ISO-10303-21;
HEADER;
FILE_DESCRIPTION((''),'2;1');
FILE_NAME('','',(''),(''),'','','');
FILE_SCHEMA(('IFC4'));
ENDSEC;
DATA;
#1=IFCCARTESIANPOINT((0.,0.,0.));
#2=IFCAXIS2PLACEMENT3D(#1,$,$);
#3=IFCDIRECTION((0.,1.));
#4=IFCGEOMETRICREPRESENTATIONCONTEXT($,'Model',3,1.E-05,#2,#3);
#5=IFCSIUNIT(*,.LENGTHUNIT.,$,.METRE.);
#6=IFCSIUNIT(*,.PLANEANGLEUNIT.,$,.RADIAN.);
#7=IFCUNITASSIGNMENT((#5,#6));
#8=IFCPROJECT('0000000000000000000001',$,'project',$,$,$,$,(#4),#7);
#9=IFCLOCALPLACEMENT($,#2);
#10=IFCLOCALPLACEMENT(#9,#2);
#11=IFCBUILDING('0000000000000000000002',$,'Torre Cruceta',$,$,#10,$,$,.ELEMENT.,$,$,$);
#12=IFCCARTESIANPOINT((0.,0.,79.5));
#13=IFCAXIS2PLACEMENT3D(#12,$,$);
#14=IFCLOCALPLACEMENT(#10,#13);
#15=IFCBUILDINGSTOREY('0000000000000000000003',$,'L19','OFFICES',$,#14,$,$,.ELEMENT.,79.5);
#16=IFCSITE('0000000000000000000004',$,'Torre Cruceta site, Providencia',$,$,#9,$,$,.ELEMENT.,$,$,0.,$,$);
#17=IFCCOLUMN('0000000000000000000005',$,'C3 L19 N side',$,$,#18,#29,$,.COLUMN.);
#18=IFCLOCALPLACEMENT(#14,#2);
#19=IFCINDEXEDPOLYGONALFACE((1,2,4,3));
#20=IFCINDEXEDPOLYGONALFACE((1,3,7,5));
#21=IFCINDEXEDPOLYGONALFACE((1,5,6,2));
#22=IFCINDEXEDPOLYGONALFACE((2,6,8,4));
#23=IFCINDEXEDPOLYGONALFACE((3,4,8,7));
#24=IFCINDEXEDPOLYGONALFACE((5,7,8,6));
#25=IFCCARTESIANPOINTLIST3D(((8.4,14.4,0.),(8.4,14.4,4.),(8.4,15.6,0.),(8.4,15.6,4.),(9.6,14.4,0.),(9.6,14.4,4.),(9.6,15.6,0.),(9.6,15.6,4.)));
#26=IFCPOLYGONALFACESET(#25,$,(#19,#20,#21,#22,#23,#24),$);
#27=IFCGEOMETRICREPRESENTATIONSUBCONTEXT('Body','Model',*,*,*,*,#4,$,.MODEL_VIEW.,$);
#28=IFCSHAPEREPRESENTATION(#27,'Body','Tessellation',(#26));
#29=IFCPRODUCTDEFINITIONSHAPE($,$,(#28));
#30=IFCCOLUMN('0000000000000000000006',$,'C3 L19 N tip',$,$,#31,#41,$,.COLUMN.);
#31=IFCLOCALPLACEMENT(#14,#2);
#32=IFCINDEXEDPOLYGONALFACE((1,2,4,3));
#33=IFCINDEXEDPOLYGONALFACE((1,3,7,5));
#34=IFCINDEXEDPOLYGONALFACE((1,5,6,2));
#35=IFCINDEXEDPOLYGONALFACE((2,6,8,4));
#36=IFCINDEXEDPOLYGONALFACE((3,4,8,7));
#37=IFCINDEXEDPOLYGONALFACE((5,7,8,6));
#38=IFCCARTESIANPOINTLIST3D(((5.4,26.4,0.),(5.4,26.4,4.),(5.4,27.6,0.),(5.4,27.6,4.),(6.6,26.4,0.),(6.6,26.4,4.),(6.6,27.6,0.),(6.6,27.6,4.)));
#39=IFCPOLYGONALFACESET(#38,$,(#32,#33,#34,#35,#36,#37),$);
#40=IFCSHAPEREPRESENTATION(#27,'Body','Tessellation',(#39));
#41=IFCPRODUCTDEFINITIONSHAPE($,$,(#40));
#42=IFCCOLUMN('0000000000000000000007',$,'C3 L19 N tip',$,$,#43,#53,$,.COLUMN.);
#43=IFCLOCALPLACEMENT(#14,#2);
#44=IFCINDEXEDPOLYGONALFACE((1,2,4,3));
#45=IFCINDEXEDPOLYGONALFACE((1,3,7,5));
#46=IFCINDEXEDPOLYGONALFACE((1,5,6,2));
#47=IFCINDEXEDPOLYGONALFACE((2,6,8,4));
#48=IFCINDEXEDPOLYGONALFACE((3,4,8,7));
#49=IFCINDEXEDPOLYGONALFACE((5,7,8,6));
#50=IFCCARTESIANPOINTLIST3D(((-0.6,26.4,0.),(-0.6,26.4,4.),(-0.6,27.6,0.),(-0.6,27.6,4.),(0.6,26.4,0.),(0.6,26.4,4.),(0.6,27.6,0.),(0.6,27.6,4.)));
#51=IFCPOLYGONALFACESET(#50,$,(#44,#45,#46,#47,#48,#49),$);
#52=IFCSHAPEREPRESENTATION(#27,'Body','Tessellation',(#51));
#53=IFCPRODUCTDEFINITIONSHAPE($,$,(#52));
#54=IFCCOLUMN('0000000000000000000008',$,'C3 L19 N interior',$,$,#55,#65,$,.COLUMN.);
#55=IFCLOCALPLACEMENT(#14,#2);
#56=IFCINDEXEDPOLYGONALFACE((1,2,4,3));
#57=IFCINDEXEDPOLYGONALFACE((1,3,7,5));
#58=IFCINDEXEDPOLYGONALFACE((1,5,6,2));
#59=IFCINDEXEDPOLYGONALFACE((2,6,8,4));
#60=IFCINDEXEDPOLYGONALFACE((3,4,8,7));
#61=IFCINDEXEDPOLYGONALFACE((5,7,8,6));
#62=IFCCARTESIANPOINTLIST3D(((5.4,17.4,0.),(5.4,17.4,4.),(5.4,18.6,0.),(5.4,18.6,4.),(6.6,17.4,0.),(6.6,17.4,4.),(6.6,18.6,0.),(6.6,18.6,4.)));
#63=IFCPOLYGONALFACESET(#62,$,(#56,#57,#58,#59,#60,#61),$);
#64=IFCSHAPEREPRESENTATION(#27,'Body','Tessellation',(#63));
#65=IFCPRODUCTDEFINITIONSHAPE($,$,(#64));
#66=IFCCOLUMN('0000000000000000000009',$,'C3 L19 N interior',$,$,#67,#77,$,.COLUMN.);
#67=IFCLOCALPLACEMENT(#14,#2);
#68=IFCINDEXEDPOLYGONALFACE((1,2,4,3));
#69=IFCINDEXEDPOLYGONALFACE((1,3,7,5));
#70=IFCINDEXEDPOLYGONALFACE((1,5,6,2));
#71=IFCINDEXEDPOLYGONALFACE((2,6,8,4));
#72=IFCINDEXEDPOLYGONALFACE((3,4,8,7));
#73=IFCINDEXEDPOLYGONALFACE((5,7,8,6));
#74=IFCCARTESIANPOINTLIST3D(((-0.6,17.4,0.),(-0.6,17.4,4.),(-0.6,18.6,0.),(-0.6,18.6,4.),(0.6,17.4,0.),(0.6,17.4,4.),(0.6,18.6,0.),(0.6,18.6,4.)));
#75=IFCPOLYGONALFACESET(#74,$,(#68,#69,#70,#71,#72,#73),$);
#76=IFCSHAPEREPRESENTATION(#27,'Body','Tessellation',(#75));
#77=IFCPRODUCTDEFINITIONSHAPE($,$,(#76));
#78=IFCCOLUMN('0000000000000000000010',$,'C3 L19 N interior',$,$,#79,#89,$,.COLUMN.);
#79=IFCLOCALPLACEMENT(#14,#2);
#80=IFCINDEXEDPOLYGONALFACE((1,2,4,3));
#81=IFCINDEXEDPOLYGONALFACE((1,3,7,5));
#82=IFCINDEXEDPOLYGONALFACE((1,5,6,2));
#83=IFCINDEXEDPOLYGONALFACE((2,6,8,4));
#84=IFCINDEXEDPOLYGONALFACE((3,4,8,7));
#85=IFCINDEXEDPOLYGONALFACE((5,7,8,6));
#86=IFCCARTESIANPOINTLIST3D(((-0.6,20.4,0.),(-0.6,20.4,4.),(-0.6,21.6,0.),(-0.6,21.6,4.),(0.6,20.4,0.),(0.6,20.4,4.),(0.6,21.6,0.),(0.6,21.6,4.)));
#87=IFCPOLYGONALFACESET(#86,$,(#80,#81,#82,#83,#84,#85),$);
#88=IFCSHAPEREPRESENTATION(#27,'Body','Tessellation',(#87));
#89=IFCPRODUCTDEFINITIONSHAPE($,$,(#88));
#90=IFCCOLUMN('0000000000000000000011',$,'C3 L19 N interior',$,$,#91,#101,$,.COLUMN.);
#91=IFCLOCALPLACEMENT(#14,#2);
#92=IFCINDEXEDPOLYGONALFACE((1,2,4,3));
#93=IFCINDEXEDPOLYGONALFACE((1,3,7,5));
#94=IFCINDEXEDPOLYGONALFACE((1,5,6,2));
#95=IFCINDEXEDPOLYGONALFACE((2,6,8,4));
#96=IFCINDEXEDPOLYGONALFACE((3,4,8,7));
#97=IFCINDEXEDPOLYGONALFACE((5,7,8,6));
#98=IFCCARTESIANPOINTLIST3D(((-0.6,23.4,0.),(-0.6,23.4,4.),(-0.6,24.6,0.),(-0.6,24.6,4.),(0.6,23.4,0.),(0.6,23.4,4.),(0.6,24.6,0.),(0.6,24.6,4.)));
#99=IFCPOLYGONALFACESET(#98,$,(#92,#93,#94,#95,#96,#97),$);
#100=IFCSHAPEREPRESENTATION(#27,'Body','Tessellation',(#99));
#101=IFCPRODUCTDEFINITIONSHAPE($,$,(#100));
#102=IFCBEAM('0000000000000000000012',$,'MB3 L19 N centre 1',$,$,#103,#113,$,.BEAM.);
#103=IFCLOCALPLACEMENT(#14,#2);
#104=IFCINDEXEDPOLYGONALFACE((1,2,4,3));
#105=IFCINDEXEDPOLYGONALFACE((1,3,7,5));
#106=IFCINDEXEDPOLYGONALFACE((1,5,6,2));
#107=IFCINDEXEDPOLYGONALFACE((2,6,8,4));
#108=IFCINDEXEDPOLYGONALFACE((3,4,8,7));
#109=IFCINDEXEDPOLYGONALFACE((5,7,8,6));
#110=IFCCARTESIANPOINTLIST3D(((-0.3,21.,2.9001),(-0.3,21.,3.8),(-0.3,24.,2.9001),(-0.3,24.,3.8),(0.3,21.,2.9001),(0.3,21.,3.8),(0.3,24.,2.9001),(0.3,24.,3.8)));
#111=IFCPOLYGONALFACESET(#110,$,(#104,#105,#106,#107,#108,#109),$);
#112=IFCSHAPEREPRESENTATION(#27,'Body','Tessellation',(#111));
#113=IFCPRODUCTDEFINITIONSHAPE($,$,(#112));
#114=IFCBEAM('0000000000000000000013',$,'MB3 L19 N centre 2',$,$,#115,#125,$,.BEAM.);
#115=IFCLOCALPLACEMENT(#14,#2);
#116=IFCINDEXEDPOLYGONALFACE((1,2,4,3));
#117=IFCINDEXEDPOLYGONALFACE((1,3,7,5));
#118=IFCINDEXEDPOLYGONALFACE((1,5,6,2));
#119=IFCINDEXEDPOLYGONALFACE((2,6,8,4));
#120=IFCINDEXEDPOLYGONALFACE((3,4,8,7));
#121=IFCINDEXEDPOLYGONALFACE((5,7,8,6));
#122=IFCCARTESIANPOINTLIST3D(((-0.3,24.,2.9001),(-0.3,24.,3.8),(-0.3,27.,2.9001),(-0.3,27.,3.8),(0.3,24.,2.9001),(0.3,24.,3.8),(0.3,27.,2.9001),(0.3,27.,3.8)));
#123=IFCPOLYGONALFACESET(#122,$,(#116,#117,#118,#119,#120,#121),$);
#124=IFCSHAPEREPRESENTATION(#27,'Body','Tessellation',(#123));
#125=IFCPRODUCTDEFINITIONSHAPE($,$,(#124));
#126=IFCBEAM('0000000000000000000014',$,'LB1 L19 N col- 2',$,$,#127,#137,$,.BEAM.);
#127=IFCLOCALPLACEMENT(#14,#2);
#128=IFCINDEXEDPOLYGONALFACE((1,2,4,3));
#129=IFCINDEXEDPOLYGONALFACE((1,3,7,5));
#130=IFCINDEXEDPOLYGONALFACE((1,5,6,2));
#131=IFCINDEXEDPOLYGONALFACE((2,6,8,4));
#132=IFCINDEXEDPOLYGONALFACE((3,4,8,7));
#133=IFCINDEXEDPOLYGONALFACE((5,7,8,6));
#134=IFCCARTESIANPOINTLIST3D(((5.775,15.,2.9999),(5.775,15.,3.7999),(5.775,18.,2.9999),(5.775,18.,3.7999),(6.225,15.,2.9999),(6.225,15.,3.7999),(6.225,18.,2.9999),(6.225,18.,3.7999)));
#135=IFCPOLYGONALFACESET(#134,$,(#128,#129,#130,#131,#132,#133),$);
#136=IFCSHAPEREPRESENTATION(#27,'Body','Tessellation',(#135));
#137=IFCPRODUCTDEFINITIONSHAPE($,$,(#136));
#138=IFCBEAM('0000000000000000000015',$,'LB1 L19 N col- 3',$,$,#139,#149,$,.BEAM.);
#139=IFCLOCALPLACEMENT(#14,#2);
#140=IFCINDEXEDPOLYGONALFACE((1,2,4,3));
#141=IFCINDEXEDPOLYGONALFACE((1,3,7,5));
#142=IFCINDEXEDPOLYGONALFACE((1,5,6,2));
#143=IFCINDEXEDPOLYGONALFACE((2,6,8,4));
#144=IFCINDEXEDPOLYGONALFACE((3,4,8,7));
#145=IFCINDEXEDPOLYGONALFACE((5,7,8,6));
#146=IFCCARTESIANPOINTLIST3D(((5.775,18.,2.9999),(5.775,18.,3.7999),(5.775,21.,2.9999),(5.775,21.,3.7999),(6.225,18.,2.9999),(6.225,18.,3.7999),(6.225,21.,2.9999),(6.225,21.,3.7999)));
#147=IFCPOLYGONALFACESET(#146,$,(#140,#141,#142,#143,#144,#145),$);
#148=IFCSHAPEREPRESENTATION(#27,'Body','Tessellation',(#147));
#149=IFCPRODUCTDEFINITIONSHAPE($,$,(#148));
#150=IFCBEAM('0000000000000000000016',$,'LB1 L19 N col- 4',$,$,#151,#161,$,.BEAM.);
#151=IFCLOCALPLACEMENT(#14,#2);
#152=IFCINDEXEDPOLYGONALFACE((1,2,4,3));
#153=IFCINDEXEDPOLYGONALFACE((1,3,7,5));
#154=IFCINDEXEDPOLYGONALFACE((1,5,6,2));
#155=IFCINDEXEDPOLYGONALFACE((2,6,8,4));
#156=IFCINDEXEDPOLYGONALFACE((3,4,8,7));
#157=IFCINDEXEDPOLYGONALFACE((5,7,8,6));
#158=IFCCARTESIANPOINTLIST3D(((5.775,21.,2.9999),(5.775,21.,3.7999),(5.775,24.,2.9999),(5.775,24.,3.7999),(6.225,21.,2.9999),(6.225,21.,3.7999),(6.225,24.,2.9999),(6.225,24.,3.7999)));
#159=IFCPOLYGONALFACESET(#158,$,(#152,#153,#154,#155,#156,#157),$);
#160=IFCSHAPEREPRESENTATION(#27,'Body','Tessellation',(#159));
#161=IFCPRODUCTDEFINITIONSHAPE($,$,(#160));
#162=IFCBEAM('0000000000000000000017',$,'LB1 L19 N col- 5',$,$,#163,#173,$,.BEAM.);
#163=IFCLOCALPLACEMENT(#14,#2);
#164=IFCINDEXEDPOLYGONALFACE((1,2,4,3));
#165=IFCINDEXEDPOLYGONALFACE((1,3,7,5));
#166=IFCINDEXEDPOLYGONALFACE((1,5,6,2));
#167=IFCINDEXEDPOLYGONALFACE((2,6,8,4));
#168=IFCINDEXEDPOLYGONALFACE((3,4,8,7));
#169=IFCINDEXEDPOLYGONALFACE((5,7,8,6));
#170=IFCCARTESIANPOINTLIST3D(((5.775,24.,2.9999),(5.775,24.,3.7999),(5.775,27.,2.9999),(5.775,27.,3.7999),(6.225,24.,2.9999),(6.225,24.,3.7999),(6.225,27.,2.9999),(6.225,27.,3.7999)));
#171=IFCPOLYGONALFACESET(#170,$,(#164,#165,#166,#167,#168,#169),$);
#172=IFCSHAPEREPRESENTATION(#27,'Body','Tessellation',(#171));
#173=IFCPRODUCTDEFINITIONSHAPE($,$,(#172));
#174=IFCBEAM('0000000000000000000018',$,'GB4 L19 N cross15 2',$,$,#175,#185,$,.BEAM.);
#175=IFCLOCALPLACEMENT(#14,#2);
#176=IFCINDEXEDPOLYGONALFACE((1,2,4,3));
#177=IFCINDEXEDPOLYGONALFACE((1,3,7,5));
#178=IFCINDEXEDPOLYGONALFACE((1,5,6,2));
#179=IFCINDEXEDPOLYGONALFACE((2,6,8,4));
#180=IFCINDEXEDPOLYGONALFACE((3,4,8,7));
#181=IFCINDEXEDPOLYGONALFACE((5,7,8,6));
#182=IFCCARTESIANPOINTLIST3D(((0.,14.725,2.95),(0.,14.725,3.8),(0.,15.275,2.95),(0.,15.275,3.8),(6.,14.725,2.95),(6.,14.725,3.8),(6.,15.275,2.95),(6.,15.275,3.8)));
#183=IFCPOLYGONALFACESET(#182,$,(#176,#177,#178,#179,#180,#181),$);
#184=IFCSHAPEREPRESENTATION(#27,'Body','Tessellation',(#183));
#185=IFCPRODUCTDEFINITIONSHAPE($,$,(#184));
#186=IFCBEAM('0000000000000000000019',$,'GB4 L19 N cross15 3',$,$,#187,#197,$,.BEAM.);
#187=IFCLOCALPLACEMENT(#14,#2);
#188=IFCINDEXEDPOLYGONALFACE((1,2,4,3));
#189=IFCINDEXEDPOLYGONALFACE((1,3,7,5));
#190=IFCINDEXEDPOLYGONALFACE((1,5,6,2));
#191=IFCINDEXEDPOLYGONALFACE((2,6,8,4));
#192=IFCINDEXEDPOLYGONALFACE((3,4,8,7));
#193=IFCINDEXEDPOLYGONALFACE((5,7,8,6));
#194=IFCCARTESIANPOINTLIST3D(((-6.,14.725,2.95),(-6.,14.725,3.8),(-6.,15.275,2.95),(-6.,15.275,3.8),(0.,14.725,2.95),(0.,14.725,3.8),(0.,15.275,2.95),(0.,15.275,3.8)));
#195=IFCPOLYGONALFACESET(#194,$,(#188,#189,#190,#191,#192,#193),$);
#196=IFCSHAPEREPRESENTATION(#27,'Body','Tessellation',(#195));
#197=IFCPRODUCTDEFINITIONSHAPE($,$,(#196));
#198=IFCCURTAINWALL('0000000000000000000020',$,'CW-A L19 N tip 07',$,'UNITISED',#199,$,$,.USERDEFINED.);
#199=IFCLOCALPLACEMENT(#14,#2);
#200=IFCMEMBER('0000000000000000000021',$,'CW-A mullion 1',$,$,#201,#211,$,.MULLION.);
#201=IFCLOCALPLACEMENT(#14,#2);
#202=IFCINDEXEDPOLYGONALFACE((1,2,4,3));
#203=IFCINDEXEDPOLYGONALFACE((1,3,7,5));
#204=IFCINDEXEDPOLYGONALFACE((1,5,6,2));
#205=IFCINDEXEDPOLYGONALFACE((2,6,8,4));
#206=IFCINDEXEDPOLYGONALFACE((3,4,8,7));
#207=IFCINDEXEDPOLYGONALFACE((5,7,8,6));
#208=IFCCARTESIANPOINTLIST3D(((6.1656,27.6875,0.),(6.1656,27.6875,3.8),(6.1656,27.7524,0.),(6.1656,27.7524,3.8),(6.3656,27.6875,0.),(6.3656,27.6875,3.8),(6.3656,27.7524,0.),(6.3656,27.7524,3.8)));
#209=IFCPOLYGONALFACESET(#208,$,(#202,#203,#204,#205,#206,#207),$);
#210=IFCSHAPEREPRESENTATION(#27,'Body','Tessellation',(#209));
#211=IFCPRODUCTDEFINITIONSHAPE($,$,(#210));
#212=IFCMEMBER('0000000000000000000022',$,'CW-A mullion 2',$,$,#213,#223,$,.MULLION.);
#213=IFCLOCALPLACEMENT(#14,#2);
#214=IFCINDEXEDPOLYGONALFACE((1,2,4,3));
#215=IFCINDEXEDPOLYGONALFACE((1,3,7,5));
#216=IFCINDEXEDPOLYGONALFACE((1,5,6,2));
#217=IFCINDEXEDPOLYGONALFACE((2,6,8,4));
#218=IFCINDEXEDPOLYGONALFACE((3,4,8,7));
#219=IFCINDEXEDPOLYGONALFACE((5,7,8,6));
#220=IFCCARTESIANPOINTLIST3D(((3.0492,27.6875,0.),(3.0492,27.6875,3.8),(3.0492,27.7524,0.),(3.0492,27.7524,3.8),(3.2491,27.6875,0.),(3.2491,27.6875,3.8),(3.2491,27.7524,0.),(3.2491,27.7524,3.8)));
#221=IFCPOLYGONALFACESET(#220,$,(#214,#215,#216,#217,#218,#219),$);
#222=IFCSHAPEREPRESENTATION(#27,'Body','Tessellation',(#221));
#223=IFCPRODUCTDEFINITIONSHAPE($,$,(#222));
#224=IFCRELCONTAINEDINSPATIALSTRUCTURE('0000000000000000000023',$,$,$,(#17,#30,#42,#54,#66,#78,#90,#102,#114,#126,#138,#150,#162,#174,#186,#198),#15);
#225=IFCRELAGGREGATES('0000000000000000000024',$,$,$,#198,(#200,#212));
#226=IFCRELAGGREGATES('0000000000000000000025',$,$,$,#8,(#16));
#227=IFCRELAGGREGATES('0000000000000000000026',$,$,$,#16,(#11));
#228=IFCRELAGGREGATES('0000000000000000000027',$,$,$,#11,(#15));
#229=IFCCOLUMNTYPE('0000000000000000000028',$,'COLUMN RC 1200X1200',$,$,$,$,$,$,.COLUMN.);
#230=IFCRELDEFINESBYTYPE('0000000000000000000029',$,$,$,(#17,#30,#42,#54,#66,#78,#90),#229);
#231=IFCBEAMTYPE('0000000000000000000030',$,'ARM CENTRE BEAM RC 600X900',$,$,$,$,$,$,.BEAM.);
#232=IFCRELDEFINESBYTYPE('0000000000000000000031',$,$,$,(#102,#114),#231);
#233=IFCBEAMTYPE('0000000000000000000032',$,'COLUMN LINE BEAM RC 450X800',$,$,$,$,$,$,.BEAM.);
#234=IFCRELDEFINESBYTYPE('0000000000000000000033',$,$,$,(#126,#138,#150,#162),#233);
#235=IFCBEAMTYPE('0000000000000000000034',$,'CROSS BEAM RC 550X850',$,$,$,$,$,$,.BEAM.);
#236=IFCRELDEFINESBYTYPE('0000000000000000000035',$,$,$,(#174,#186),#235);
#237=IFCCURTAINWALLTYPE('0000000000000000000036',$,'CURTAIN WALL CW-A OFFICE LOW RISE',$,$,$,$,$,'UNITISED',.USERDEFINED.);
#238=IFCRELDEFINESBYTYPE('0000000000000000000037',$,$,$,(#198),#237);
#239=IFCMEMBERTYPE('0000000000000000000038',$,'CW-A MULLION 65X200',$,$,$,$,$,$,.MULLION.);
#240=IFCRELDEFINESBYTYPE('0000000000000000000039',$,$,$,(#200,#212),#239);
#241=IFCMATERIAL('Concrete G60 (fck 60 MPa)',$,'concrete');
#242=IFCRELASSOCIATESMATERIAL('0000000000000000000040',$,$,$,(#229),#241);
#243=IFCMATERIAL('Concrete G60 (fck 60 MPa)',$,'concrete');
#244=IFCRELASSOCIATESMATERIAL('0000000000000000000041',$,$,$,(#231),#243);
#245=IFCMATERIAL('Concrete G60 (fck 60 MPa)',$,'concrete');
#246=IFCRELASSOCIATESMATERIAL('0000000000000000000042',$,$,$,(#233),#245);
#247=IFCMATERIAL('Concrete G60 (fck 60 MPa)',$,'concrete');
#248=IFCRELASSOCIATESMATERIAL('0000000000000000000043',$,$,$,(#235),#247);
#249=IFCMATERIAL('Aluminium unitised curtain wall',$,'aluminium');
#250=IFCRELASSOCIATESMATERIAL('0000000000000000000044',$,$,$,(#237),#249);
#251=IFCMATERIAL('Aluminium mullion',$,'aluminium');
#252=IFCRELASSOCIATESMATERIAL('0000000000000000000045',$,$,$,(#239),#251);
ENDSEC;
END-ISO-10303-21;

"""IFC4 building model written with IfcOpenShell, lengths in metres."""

from ifc_helpers import new_model, si_unit, direction, frame, origin, origin_2d, place, context, subcontext, project, spatial, rectangle, extrude, material, material_profile, profile_set, type_object, element, aggregate, save


model = new_model("IFC4")

# Units and contexts
model_context = context("Model", 3, precision=1e-05, world=origin(), true_north=direction((0.0, 1.0)))
body_context = subcontext(model_context, "Body", "Model", "MODEL_VIEW")
ifc_project = project(units=[si_unit("LENGTHUNIT", "METRE"), si_unit("PLANEANGLEUNIT", "RADIAN")], contexts=[model_context])

# Site, building, storey
site_placement = place(None, origin())
site = spatial("IfcSite", under=ifc_project, at=site_placement, Name="Torre Cruceta site, Providencia", CompositionType="ELEMENT", RefElevation=0.0)
building_placement = place(site_placement, origin())
building = spatial("IfcBuilding", under=site, at=building_placement, Name="Torre Cruceta", CompositionType="ELEMENT")
storey_placement = place(building_placement, frame((0.0, 0.0, 79.5)))
storey = spatial("IfcBuildingStorey", under=building, at=storey_placement, Name="L19", Description="OFFICES", CompositionType="ELEMENT", Elevation=79.5)

# Columns
ifc_material_1 = material(Name="Concrete G60 (fck 60 MPa)", Category="concrete")
ifc_material_profile_1 = material_profile(ifc_material_1, rectangle(XDim=1.2, YDim=1.2, at=origin_2d()), Name="RC 1200X1200")
ifc_profile_set_1 = profile_set([ifc_material_profile_1], Name="Concrete G60 (fck 60 MPa)")
column_type = type_object("IfcColumnType", Name="COLUMN RC 1200X1200", PredefinedType="COLUMN", material=ifc_profile_set_1)
for number, where, z_axis, x_axis, name in (
    (1, (9.0, 15.0, 0.0), (0.0, 0.0, 1.0), (1.0, 0.0, 0.0), "C3 L19 N side"),
    (2, (6.0, 27.0, 0.0), (0.0, 0.0, 1.0), (1.0, 0.0, 0.0), "C3 L19 N tip"),
    (3, (0.0, 27.0, 0.0), (0.0, 0.0, 1.0), (1.0, 0.0, 0.0), "C3 L19 N tip"),
    (4, (6.0, 18.0, 0.0), (0.0, 0.0, 1.0), (1.0, 0.0, 0.0), "C3 L19 N interior"),
    (5, (0.0, 18.0, 0.0), (0.0, 0.0, 1.0), (1.0, 0.0, 0.0), "C3 L19 N interior"),
    (6, (0.0, 21.0, 0.0), (0.0, 0.0, 1.0), (1.0, 0.0, 0.0), "C3 L19 N interior"),
    (7, (0.0, 24.0, 0.0), (0.0, 0.0, 1.0), (1.0, 0.0, 0.0), "C3 L19 N interior"),
):
    element("IfcColumn", number, at=place(storey_placement, frame(where, z_axis=z_axis, x_axis=x_axis)), inside=storey, type_object=column_type, Name=name, PredefinedType="COLUMN", context=body_context, shape_type="SweptSolid", body=[
        extrude(rectangle(XDim=1.2, YDim=1.2, at=origin_2d()), origin(), (0.0, 0.0, 1.0), 4.0),
    ])

# Beams
ifc_material_2 = material(Name="Concrete G60 (fck 60 MPa)", Category="concrete")
ifc_material_profile_2 = material_profile(ifc_material_2, rectangle(XDim=0.6001, YDim=0.8999, at=origin_2d()), Name="RC 600X900")
ifc_profile_set_2 = profile_set([ifc_material_profile_2], Name="Concrete G60 (fck 60 MPa)")
beam_type_1 = type_object("IfcBeamType", Name="ARM CENTRE BEAM RC 600X900", PredefinedType="BEAM", material=ifc_profile_set_2)
for number, where, z_axis, x_axis, name in (
    (8, (0.0, 21.0, 3.3501), (0.0, 1.0, 0.0), (-1.0, 0.0, 0.0), "MB3 L19 N centre 1"),
    (9, (0.0, 24.0, 3.3501), (0.0, 1.0, 0.0), (-1.0, 0.0, 0.0), "MB3 L19 N centre 2"),
):
    element("IfcBeam", number, at=place(storey_placement, frame(where, z_axis=z_axis, x_axis=x_axis)), inside=storey, type_object=beam_type_1, Name=name, PredefinedType="BEAM", context=body_context, shape_type="SweptSolid", body=[
        extrude(rectangle(XDim=0.6001, YDim=0.8999, at=origin_2d()), origin(), (0.0, 0.0, 1.0), 3.0),
    ])
ifc_material_3 = material(Name="Concrete G60 (fck 60 MPa)", Category="concrete")
ifc_material_profile_3 = material_profile(ifc_material_3, rectangle(XDim=0.45, YDim=0.8, at=origin_2d()), Name="RC 450X800")
ifc_profile_set_3 = profile_set([ifc_material_profile_3], Name="Concrete G60 (fck 60 MPa)")
beam_type_2 = type_object("IfcBeamType", Name="COLUMN LINE BEAM RC 450X800", PredefinedType="BEAM", material=ifc_profile_set_3)
for number, where, z_axis, x_axis, name in (
    (10, (6.0, 15.0, 3.3999), (0.0, 1.0, 0.0), (-1.0, 0.0, 0.0), "LB1 L19 N col- 2"),
    (11, (6.0, 18.0, 3.3999), (0.0, 1.0, 0.0), (-1.0, 0.0, 0.0), "LB1 L19 N col- 3"),
    (12, (6.0, 21.0, 3.3999), (0.0, 1.0, 0.0), (-1.0, 0.0, 0.0), "LB1 L19 N col- 4"),
    (13, (6.0, 24.0, 3.3999), (0.0, 1.0, 0.0), (-1.0, 0.0, 0.0), "LB1 L19 N col- 5"),
):
    element("IfcBeam", number, at=place(storey_placement, frame(where, z_axis=z_axis, x_axis=x_axis)), inside=storey, type_object=beam_type_2, Name=name, PredefinedType="BEAM", context=body_context, shape_type="SweptSolid", body=[
        extrude(rectangle(XDim=0.45, YDim=0.8, at=origin_2d()), origin(), (0.0, 0.0, 1.0), 3.0),
    ])
ifc_material_4 = material(Name="Concrete G60 (fck 60 MPa)", Category="concrete")
ifc_material_profile_4 = material_profile(ifc_material_4, rectangle(XDim=0.55, YDim=0.8501, at=origin_2d()), Name="RC 550X850")
ifc_profile_set_4 = profile_set([ifc_material_profile_4], Name="Concrete G60 (fck 60 MPa)")
beam_type_3 = type_object("IfcBeamType", Name="CROSS BEAM RC 550X850", PredefinedType="BEAM", material=ifc_profile_set_4)
for number, where, z_axis, x_axis, name in (
    (14, (6.0, 15.0, 3.375), (-1.0, 0.0, 0.0), (0.0, -1.0, 0.0), "GB4 L19 N cross15 2"),
    (15, (0.0, 15.0, 3.375), (-1.0, 0.0, 0.0), (0.0, -1.0, 0.0), "GB4 L19 N cross15 3"),
):
    element("IfcBeam", number, at=place(storey_placement, frame(where, z_axis=z_axis, x_axis=x_axis)), inside=storey, type_object=beam_type_3, Name=name, PredefinedType="BEAM", context=body_context, shape_type="SweptSolid", body=[
        extrude(rectangle(XDim=0.55, YDim=0.8501, at=origin_2d()), origin(), (0.0, 0.0, 1.0), 6.0),
    ])

# Curtain wall, members
ifc_material_5 = material(Name="Aluminium unitised curtain wall", Category="aluminium")
curtain_wall_type = type_object("IfcCurtainWallType", Name="CURTAIN WALL CW-A OFFICE LOW RISE", ElementType="UNITISED", PredefinedType="USERDEFINED", material=ifc_material_5)
curtain_wall_placement = place(storey_placement, origin())
curtain_wall = element("IfcCurtainWall", 16, at=curtain_wall_placement, inside=storey, type_object=curtain_wall_type, Name="CW-A L19 N tip 07", ObjectType="UNITISED", PredefinedType="USERDEFINED")
ifc_material_6 = material(Name="Aluminium mullion", Category="aluminium")
ifc_material_profile_5 = material_profile(ifc_material_6, rectangle(XDim=0.0649, YDim=0.2, at=origin_2d()), Name="AL 65X200")
ifc_profile_set_5 = profile_set([ifc_material_profile_5], Name="Aluminium mullion")
member_type_1 = type_object("IfcMemberType", Name="CW-A MULLION 65X200", PredefinedType="MULLION", material=ifc_profile_set_5)
member_1_placement = place(storey_placement, frame((6.2656, 27.72, 0.0), z_axis=(0.0, 0.0, 1.0), x_axis=(0.0, -1.0, 0.0)))
member_1 = element("IfcMember", 17, at=member_1_placement, type_object=member_type_1, Name="CW-A mullion 1", PredefinedType="MULLION", context=body_context, shape_type="SweptSolid", body=[
    extrude(rectangle(XDim=0.0649, YDim=0.2, at=origin_2d()), origin(), (0.0, 0.0, 1.0), 3.8),
])
member_2_placement = place(storey_placement, frame((3.1492, 27.72, 0.0), z_axis=(0.0, 0.0, 1.0), x_axis=(0.0, -1.0, 0.0)))
member_2 = element("IfcMember", 18, at=member_2_placement, type_object=member_type_1, Name="CW-A mullion 2", PredefinedType="MULLION", context=body_context, shape_type="SweptSolid", body=[
    extrude(rectangle(XDim=0.0649, YDim=0.2, at=origin_2d()), origin(), (0.0, 0.0, 1.0), 3.8),
])

aggregate(curtain_wall, [member_1, member_2])

save(model, "model.ifc")
